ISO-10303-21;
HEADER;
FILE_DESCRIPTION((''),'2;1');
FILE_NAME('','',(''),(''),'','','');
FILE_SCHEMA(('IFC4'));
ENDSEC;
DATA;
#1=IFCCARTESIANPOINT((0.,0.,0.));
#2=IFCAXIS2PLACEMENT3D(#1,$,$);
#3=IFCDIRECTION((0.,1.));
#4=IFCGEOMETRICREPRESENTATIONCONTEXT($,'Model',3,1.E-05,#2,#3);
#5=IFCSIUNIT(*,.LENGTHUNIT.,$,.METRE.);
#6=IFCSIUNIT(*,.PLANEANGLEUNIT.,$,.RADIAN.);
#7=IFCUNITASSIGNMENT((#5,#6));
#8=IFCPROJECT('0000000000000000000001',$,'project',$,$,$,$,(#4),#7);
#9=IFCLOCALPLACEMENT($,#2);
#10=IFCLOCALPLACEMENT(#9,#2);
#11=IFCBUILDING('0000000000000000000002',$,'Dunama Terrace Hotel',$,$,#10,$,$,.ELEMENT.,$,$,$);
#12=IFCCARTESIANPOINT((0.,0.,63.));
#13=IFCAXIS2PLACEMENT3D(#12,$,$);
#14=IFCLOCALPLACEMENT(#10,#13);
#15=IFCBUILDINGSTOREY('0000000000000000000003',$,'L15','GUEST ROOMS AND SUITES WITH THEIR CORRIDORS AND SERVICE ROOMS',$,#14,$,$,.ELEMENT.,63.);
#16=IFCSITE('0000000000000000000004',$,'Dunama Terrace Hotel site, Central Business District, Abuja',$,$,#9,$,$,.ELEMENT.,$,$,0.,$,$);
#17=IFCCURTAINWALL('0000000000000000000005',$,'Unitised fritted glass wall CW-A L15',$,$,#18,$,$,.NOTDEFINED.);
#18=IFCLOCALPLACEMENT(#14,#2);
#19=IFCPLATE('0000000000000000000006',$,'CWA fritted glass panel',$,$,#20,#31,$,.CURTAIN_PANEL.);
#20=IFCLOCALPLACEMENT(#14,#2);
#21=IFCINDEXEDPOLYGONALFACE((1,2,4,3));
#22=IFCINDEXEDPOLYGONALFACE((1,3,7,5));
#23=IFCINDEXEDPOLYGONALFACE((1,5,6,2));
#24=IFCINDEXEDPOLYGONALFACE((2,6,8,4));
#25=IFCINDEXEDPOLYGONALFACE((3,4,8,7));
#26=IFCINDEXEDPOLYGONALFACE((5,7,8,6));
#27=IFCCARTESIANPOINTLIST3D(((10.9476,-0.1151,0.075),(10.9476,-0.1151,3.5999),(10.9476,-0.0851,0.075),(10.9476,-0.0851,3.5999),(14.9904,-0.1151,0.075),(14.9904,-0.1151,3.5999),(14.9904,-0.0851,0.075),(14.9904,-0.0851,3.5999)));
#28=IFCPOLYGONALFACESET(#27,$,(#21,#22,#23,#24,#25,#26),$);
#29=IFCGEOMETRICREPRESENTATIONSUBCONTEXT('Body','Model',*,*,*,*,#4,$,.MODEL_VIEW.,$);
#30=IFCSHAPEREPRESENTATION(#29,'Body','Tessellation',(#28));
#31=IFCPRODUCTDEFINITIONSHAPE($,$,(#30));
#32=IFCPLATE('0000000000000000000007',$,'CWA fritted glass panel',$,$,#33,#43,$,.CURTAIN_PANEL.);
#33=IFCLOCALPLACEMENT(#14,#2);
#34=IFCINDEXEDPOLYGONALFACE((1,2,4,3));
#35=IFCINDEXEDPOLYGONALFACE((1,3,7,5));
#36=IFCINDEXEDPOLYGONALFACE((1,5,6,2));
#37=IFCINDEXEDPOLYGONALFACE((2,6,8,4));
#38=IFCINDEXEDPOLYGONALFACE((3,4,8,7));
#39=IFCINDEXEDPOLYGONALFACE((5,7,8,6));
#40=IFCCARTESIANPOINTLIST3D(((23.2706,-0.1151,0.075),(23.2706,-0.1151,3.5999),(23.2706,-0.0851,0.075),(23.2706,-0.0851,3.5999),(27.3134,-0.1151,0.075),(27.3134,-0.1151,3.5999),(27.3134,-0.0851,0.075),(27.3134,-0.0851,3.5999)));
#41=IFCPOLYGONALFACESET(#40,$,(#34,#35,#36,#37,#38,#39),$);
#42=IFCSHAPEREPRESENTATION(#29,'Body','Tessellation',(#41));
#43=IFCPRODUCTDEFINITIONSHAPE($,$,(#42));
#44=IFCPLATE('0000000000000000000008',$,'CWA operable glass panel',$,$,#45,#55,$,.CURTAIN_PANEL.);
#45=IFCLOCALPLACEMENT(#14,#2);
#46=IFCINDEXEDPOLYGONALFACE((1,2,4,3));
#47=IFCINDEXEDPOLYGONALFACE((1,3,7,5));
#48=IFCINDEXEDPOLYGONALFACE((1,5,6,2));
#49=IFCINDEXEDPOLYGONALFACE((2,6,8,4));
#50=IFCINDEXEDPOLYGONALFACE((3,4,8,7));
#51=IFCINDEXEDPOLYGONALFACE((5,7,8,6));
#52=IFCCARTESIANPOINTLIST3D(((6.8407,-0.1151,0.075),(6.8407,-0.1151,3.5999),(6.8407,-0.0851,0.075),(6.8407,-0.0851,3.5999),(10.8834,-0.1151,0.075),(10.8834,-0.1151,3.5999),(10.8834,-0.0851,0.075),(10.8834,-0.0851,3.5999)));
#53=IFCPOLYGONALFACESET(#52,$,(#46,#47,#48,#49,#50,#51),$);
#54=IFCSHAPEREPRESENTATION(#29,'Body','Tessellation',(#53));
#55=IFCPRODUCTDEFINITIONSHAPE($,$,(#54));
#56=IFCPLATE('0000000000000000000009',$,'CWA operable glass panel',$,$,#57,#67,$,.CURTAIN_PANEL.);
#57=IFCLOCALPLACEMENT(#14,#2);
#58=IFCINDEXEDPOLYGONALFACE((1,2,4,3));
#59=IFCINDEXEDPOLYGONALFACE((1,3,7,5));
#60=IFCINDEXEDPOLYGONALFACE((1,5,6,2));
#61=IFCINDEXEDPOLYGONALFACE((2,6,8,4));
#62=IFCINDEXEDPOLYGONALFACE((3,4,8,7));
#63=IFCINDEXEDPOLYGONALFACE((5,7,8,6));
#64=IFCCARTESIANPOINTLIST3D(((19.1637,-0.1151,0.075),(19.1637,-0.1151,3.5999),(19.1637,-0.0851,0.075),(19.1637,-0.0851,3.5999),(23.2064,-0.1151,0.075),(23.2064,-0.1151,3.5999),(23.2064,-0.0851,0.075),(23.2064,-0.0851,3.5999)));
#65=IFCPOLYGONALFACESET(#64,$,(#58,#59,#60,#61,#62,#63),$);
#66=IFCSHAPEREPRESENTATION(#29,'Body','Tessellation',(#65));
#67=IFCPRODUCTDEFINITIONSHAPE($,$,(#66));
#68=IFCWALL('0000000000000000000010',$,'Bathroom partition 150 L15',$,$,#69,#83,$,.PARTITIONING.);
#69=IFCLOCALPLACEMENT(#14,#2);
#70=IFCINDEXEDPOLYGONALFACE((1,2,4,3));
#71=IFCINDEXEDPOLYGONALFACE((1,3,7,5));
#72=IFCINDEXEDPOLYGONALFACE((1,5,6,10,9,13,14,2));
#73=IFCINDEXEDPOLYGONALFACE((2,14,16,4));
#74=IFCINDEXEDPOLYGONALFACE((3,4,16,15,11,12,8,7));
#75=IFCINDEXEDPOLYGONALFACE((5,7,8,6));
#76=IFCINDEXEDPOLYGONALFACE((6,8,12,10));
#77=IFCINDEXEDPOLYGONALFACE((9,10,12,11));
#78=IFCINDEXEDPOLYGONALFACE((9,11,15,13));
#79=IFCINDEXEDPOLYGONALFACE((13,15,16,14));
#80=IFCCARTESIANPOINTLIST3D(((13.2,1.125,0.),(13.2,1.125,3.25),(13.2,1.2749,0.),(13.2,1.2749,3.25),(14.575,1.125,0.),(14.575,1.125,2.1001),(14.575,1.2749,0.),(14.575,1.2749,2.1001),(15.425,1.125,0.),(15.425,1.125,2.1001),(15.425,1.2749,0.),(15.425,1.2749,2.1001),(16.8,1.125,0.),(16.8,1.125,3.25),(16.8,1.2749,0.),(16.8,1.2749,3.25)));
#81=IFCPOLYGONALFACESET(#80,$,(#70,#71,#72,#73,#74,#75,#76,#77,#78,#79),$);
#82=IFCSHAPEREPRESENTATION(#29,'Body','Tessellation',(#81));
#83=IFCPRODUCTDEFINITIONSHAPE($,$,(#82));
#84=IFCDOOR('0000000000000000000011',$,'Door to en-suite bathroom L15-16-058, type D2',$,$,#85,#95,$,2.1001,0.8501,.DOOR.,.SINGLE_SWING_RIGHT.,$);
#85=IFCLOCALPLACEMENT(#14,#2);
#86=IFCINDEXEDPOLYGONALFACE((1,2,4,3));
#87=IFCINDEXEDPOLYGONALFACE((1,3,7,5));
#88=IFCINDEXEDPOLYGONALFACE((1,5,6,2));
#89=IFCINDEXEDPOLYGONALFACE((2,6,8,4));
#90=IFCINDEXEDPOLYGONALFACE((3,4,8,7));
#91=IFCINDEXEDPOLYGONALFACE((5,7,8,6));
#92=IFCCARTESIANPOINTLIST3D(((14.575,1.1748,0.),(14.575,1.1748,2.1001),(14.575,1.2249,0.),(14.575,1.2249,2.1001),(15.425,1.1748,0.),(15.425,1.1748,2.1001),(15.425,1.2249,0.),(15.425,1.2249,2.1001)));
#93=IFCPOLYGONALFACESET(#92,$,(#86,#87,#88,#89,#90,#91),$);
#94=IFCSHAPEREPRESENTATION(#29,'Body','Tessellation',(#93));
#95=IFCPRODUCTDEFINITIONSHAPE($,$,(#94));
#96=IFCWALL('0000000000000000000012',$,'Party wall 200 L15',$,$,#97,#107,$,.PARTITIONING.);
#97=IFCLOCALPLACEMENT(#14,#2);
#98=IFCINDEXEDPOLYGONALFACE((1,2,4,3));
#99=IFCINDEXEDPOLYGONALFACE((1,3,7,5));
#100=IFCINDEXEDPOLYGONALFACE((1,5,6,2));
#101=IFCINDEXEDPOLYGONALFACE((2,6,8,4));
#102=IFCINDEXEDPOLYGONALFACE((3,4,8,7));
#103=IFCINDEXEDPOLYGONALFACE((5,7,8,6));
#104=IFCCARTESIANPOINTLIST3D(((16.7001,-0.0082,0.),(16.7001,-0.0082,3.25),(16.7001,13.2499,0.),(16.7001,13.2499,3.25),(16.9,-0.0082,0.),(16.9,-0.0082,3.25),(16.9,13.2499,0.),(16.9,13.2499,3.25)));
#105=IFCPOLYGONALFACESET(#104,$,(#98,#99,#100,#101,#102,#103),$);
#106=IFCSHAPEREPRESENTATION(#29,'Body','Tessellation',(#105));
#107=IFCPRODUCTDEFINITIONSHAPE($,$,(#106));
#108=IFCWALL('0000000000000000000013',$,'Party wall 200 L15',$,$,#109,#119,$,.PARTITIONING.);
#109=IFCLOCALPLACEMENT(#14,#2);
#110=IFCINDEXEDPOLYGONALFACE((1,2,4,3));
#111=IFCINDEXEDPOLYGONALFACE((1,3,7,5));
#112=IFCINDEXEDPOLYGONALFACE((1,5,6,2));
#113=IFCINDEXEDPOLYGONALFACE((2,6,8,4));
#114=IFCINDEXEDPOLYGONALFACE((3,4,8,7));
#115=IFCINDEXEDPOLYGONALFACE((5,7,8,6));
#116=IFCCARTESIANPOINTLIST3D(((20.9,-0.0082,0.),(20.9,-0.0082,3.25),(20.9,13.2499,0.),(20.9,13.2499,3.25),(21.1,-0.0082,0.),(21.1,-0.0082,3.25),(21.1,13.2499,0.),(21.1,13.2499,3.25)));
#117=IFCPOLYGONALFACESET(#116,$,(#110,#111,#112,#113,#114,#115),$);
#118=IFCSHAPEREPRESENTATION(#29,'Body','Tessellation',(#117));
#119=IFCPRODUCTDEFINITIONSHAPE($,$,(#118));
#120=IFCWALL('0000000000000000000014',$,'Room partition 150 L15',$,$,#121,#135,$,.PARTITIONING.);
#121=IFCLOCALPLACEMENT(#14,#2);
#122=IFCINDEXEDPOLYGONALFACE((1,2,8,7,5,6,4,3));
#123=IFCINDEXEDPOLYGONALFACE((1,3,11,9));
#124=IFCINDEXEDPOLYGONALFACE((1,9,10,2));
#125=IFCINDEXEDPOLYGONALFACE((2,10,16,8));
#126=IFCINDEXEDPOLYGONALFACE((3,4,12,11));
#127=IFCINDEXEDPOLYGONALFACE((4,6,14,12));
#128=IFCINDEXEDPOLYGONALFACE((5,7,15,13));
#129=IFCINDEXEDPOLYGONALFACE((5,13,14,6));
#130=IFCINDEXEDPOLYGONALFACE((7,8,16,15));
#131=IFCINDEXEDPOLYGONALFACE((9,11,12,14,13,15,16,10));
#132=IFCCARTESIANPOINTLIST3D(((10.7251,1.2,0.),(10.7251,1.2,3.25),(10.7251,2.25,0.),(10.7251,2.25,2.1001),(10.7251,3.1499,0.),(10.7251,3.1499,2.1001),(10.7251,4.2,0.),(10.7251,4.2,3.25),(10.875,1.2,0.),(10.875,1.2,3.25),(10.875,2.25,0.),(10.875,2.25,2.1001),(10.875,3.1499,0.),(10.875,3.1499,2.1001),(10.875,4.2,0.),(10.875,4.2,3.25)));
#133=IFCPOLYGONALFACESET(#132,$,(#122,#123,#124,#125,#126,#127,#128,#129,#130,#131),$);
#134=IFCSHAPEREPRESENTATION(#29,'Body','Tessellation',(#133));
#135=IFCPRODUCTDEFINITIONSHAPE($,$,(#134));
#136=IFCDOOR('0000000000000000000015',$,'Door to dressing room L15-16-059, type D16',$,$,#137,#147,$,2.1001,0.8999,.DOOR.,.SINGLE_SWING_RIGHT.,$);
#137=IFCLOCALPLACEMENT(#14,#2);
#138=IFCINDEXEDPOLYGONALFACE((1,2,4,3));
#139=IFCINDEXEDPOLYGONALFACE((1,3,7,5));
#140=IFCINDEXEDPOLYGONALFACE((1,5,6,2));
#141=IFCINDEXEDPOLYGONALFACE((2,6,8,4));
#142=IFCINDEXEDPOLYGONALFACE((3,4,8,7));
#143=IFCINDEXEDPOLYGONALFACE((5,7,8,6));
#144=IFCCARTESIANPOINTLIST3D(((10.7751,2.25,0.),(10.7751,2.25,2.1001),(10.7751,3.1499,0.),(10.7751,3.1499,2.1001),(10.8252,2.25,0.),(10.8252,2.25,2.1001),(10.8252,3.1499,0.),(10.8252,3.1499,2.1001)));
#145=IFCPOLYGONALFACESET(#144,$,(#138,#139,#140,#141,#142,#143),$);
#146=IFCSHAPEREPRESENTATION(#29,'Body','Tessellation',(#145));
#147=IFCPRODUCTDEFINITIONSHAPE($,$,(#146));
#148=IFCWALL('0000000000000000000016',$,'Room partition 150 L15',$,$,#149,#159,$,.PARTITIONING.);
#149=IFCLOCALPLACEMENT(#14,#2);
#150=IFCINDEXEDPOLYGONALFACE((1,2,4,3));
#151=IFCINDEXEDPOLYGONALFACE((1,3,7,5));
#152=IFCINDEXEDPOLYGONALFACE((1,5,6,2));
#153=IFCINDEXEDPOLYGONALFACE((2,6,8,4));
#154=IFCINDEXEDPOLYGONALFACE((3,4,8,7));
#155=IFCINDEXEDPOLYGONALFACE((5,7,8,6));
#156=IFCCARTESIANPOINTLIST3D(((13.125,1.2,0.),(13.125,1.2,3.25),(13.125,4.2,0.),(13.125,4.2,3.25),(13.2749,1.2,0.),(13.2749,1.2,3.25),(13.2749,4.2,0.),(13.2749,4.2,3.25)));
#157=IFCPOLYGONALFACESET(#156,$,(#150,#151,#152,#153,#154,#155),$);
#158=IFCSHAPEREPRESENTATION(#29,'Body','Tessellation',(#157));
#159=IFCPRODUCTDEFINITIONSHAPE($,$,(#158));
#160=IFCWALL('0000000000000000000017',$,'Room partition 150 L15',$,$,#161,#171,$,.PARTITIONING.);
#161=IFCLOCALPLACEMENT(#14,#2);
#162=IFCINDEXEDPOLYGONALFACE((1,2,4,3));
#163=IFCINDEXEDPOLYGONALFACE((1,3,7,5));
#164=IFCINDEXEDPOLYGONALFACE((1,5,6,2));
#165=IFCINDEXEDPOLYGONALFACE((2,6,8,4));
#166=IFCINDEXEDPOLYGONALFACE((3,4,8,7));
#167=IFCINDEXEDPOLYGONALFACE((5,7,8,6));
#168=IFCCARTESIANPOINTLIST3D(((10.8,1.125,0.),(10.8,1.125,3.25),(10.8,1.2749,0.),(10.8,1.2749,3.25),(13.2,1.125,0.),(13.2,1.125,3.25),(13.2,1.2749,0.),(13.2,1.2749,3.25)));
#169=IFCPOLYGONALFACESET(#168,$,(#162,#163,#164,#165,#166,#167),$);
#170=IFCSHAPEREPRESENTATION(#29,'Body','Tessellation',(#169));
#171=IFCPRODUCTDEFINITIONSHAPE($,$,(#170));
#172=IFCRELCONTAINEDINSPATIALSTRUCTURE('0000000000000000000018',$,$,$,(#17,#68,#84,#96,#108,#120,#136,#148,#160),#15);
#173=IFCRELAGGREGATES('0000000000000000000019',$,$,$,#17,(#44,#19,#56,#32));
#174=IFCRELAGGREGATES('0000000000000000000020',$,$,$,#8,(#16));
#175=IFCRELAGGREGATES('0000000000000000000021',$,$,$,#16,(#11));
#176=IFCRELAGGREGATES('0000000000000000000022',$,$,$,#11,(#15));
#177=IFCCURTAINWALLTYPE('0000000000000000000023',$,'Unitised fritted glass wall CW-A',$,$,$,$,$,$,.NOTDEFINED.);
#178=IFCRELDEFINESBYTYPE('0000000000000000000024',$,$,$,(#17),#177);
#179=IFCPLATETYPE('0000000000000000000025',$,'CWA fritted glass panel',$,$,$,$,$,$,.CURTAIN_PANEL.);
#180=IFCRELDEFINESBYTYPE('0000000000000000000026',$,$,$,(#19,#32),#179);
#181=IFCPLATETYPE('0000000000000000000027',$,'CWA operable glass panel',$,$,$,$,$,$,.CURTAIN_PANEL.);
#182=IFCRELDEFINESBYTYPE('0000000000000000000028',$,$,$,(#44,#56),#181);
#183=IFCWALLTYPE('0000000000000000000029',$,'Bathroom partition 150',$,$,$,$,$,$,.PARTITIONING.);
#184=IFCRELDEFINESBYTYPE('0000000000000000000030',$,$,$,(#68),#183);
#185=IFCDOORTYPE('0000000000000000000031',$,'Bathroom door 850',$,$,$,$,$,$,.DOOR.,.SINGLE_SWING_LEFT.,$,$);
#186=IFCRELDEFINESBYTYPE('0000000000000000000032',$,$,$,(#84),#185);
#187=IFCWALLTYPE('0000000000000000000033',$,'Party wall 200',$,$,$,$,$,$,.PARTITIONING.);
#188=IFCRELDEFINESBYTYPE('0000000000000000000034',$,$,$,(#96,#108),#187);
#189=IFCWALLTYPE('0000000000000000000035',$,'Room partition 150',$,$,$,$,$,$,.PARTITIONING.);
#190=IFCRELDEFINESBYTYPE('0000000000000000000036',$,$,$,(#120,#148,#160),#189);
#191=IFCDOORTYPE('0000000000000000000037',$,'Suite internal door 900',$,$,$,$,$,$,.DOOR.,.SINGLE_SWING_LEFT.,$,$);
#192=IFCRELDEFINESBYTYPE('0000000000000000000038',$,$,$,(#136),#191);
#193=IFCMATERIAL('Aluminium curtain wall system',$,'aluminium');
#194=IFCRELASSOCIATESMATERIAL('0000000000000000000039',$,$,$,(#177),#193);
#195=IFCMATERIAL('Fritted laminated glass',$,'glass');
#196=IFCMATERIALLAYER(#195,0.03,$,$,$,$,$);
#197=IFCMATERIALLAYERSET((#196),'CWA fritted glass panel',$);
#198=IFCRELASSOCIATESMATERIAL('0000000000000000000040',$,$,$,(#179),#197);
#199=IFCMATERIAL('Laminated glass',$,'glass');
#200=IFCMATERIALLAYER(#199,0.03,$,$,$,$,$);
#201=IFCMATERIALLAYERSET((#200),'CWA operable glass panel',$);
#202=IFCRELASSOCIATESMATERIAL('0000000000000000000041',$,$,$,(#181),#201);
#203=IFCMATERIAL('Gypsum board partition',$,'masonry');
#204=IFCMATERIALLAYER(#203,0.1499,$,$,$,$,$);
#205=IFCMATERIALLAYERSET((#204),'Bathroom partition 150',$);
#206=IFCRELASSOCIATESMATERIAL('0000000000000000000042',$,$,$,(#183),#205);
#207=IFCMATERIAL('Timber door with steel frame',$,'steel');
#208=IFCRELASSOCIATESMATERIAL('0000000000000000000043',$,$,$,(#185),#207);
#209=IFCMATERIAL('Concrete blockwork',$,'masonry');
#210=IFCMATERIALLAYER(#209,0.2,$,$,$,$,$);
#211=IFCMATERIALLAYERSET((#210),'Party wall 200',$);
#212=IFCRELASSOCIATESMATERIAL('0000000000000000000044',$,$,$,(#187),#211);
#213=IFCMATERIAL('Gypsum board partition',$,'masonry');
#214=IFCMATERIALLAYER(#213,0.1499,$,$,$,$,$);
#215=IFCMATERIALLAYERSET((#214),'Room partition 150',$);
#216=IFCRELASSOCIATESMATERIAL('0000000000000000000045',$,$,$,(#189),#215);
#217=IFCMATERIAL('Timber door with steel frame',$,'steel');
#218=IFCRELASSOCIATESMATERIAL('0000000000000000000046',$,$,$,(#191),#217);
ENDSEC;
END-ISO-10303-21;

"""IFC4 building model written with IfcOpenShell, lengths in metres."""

from ifc_helpers import new_model, si_unit, direction, frame, frame_2d, origin, origin_2d, place, context, subcontext, project, spatial, rectangle, extrude, material, layer, layer_set, type_object, element, fill, aggregate, save


model = new_model("IFC4")

# Units and contexts
model_context = context("Model", 3, precision=1e-05, world=origin(), true_north=direction((0.0, 1.0)))
body_context = subcontext(model_context, "Body", "Model", "MODEL_VIEW")
ifc_project = project(units=[si_unit("LENGTHUNIT", "METRE"), si_unit("PLANEANGLEUNIT", "RADIAN")], contexts=[model_context])

# Site, building, storey
site_placement = place(None, origin())
site = spatial("IfcSite", under=ifc_project, at=site_placement, Name="Dunama Terrace Hotel site, Central Business District, Abuja", CompositionType="ELEMENT", RefElevation=0.0)
building_placement = place(site_placement, origin())
building = spatial("IfcBuilding", under=site, at=building_placement, Name="Dunama Terrace Hotel", CompositionType="ELEMENT")
storey_placement = place(building_placement, frame((0.0, 0.0, 63.0)))
storey = spatial("IfcBuildingStorey", under=building, at=storey_placement, Name="L15", Description="GUEST ROOMS AND SUITES WITH THEIR CORRIDORS AND SERVICE ROOMS", CompositionType="ELEMENT", Elevation=63.0)

# Curtain wall
ifc_material_1 = material(Name="Aluminium curtain wall system", Category="aluminium")
curtain_wall_type = type_object("IfcCurtainWallType", Name="Unitised fritted glass wall CW-A", PredefinedType="NOTDEFINED", material=ifc_material_1)
curtain_wall_placement = place(storey_placement, origin())
curtain_wall = element("IfcCurtainWall", 1, at=curtain_wall_placement, inside=storey, type_object=curtain_wall_type, Name="Unitised fritted glass wall CW-A L15", PredefinedType="NOTDEFINED")

# Plates
ifc_material_2 = material(Name="Fritted laminated glass", Category="glass")
ifc_layer_1 = layer(ifc_material_2, 0.03)
ifc_layer_set_1 = layer_set([ifc_layer_1], Name="CWA fritted glass panel")
plate_type_1 = type_object("IfcPlateType", Name="CWA fritted glass panel", PredefinedType="CURTAIN_PANEL", material=ifc_layer_set_1)
plate_1_placement = place(storey_placement, frame((12.969, -0.1001, 0.075), z_axis=(0.0, 0.0, 1.0), x_axis=(1.0, 0.0, 0.0)))
plate_1 = element("IfcPlate", 2, at=plate_1_placement, type_object=plate_type_1, Name="CWA fritted glass panel", PredefinedType="CURTAIN_PANEL", context=body_context, shape_type="SweptSolid", body=[
    extrude(rectangle(XDim=4.0427, YDim=0.03, at=origin_2d()), origin(), (0.0, 0.0, 1.0), 3.5249),
])
plate_2_placement = place(storey_placement, frame((25.292, -0.1001, 0.075), z_axis=(0.0, 0.0, 1.0), x_axis=(1.0, 0.0, 0.0)))
plate_2 = element("IfcPlate", 3, at=plate_2_placement, type_object=plate_type_1, Name="CWA fritted glass panel", PredefinedType="CURTAIN_PANEL", context=body_context, shape_type="SweptSolid", body=[
    extrude(rectangle(XDim=4.0427, YDim=0.03, at=origin_2d()), origin(), (0.0, 0.0, 1.0), 3.5249),
])
ifc_material_3 = material(Name="Laminated glass", Category="glass")
ifc_layer_2 = layer(ifc_material_3, 0.03)
ifc_layer_set_2 = layer_set([ifc_layer_2], Name="CWA operable glass panel")
plate_type_2 = type_object("IfcPlateType", Name="CWA operable glass panel", PredefinedType="CURTAIN_PANEL", material=ifc_layer_set_2)
plate_3_placement = place(storey_placement, frame((8.8621, -0.1001, 0.075), z_axis=(0.0, 0.0, 1.0), x_axis=(1.0, 0.0, 0.0)))
plate_3 = element("IfcPlate", 4, at=plate_3_placement, type_object=plate_type_2, Name="CWA operable glass panel", PredefinedType="CURTAIN_PANEL", context=body_context, shape_type="SweptSolid", body=[
    extrude(rectangle(XDim=4.0427, YDim=0.03, at=origin_2d()), origin(), (0.0, 0.0, 1.0), 3.5249),
])
plate_4_placement = place(storey_placement, frame((21.1851, -0.1001, 0.075), z_axis=(0.0, 0.0, 1.0), x_axis=(1.0, 0.0, 0.0)))
plate_4 = element("IfcPlate", 5, at=plate_4_placement, type_object=plate_type_2, Name="CWA operable glass panel", PredefinedType="CURTAIN_PANEL", context=body_context, shape_type="SweptSolid", body=[
    extrude(rectangle(XDim=4.0427, YDim=0.03, at=origin_2d()), origin(), (0.0, 0.0, 1.0), 3.5249),
])
aggregate(curtain_wall, [plate_3, plate_1, plate_4, plate_2])

# Wall, opening, door
ifc_material_4 = material(Name="Gypsum board partition", Category="masonry")
ifc_layer_3 = layer(ifc_material_4, 0.1499)
ifc_layer_set_3 = layer_set([ifc_layer_3], Name="Bathroom partition 150")
wall_type_1 = type_object("IfcWallType", Name="Bathroom partition 150", PredefinedType="PARTITIONING", material=ifc_layer_set_3)
wall_1_placement = place(storey_placement, frame((13.2, 1.2, 0.0), z_axis=(0.0, 0.0, 1.0), x_axis=(1.0, 0.0, 0.0)))
wall_1 = element("IfcWall", 6, at=wall_1_placement, inside=storey, type_object=wall_type_1, Name="Bathroom partition 150 L15", PredefinedType="PARTITIONING", context=body_context, shape_type="SweptSolid", body=[
    extrude(rectangle(XDim=3.6001, YDim=0.1499, at=frame_2d((1.8, 0.0))), origin(), (0.0, 0.0, 1.0), 3.25),
])
opening_1_placement = place(wall_1_placement, frame((1.375, 0.0, 0.0)))
opening_1 = element("IfcOpeningElement", 7, at=opening_1_placement, cuts=wall_1, PredefinedType="OPENING", context=body_context, shape_type="SweptSolid", body=[
    extrude(rectangle(XDim=0.8501, YDim=2.1001, at=frame_2d((0.425, 1.05))), frame((0.0, 0.085, 0.0), z_axis=(0.0, -1.0, 0.0), x_axis=(1.0, 0.0, 0.0)), (0.0, 0.0, 1.0), 0.1699),
])
ifc_material_5 = material(Name="Timber door with steel frame", Category="steel")
door_type_1 = type_object("IfcDoorType", Name="Bathroom door 850", OperationType="SINGLE_SWING_LEFT", PredefinedType="DOOR", material=ifc_material_5)
door_1_placement = place(opening_1_placement, origin())
door_1 = element("IfcDoor", 8, at=door_1_placement, inside=storey, type_object=door_type_1, Name="Door to en-suite bathroom L15-16-058, type D2", OperationType="SINGLE_SWING_RIGHT", OverallHeight=2.1001, OverallWidth=0.8501, PredefinedType="DOOR", context=body_context, shape_type="SweptSolid", body=[
    extrude(rectangle(XDim=0.8501, YDim=2.1001, at=frame_2d((0.425, 1.05))), frame((0.0, 0.0249, 0.0), z_axis=(0.0, -1.0, 0.0), x_axis=(1.0, 0.0, 0.0)), (0.0, 0.0, 1.0), 0.05),
])
fill(opening_1, door_1)

# Walls
ifc_material_6 = material(Name="Concrete blockwork", Category="masonry")
ifc_layer_4 = layer(ifc_material_6, 0.2)
ifc_layer_set_4 = layer_set([ifc_layer_4], Name="Party wall 200")
wall_type_2 = type_object("IfcWallType", Name="Party wall 200", PredefinedType="PARTITIONING", material=ifc_layer_set_4)
for number, where, z_axis, x_axis, name in (
    (9, (16.8, -0.0081, 0.0), (0.0, 0.0, 1.0), (0.0, 1.0, 0.0), "Party wall 200 L15"),
    (10, (21.0, -0.0081, 0.0), (0.0, 0.0, 1.0), (0.0, 1.0, 0.0), "Party wall 200 L15"),
):
    element("IfcWall", number, at=place(storey_placement, frame(where, z_axis=z_axis, x_axis=x_axis)), inside=storey, type_object=wall_type_2, Name=name, PredefinedType="PARTITIONING", context=body_context, shape_type="SweptSolid", body=[
        extrude(rectangle(XDim=13.2581, YDim=0.2, at=frame_2d((6.6289, 0.0))), origin(), (0.0, 0.0, 1.0), 3.25),
    ])

# Wall, opening, door
ifc_material_7 = material(Name="Gypsum board partition", Category="masonry")
ifc_layer_5 = layer(ifc_material_7, 0.1499)
ifc_layer_set_5 = layer_set([ifc_layer_5], Name="Room partition 150")
wall_type_3 = type_object("IfcWallType", Name="Room partition 150", PredefinedType="PARTITIONING", material=ifc_layer_set_5)
wall_2_placement = place(storey_placement, frame((10.8, 1.2, 0.0), z_axis=(0.0, 0.0, 1.0), x_axis=(0.0, 1.0, 0.0)))
wall_2 = element("IfcWall", 11, at=wall_2_placement, inside=storey, type_object=wall_type_3, Name="Room partition 150 L15", PredefinedType="PARTITIONING", context=body_context, shape_type="SweptSolid", body=[
    extrude(rectangle(XDim=3.0, YDim=0.1499, at=frame_2d((1.5, 0.0))), origin(), (0.0, 0.0, 1.0), 3.25),
])
opening_2_placement = place(wall_2_placement, frame((1.05, 0.0, 0.0)))
opening_2 = element("IfcOpeningElement", 12, at=opening_2_placement, cuts=wall_2, PredefinedType="OPENING", context=body_context, shape_type="SweptSolid", body=[
    extrude(rectangle(XDim=0.8999, YDim=2.1001, at=frame_2d((0.45, 1.05))), frame((0.0, 0.085, 0.0), z_axis=(0.0, -1.0, 0.0), x_axis=(1.0, 0.0, 0.0)), (0.0, 0.0, 1.0), 0.1699),
])
ifc_material_8 = material(Name="Timber door with steel frame", Category="steel")
door_type_2 = type_object("IfcDoorType", Name="Suite internal door 900", OperationType="SINGLE_SWING_LEFT", PredefinedType="DOOR", material=ifc_material_8)
door_2_placement = place(opening_2_placement, frame((0.8999, 0.0, 0.0), z_axis=(0.0, 0.0, 1.0), x_axis=(-1.0, 0.0, 0.0)))
door_2 = element("IfcDoor", 13, at=door_2_placement, inside=storey, type_object=door_type_2, Name="Door to dressing room L15-16-059, type D16", OperationType="SINGLE_SWING_RIGHT", OverallHeight=2.1001, OverallWidth=0.8999, PredefinedType="DOOR", context=body_context, shape_type="SweptSolid", body=[
    extrude(rectangle(XDim=0.8999, YDim=2.1001, at=frame_2d((0.45, 1.05))), frame((0.0, 0.0251, 0.0), z_axis=(0.0, -1.0, 0.0), x_axis=(1.0, 0.0, 0.0)), (0.0, 0.0, 1.0), 0.05),
])
fill(opening_2, door_2)

# Walls
wall_3_placement = place(storey_placement, frame((13.2, 1.2, 0.0), z_axis=(0.0, 0.0, 1.0), x_axis=(0.0, 1.0, 0.0)))
element("IfcWall", 14, at=wall_3_placement, inside=storey, type_object=wall_type_3, Name="Room partition 150 L15", PredefinedType="PARTITIONING", context=body_context, shape_type="SweptSolid", body=[
    extrude(rectangle(XDim=3.0, YDim=0.1499, at=frame_2d((1.5, 0.0))), origin(), (0.0, 0.0, 1.0), 3.25),
])
wall_4_placement = place(storey_placement, frame((10.8, 1.2, 0.0), z_axis=(0.0, 0.0, 1.0), x_axis=(1.0, 0.0, 0.0)))
element("IfcWall", 15, at=wall_4_placement, inside=storey, type_object=wall_type_3, Name="Room partition 150 L15", PredefinedType="PARTITIONING", context=body_context, shape_type="SweptSolid", body=[
    extrude(rectangle(XDim=2.3999, YDim=0.1499, at=frame_2d((1.2, 0.0))), origin(), (0.0, 0.0, 1.0), 3.25),
])

save(model, "model.ifc")
